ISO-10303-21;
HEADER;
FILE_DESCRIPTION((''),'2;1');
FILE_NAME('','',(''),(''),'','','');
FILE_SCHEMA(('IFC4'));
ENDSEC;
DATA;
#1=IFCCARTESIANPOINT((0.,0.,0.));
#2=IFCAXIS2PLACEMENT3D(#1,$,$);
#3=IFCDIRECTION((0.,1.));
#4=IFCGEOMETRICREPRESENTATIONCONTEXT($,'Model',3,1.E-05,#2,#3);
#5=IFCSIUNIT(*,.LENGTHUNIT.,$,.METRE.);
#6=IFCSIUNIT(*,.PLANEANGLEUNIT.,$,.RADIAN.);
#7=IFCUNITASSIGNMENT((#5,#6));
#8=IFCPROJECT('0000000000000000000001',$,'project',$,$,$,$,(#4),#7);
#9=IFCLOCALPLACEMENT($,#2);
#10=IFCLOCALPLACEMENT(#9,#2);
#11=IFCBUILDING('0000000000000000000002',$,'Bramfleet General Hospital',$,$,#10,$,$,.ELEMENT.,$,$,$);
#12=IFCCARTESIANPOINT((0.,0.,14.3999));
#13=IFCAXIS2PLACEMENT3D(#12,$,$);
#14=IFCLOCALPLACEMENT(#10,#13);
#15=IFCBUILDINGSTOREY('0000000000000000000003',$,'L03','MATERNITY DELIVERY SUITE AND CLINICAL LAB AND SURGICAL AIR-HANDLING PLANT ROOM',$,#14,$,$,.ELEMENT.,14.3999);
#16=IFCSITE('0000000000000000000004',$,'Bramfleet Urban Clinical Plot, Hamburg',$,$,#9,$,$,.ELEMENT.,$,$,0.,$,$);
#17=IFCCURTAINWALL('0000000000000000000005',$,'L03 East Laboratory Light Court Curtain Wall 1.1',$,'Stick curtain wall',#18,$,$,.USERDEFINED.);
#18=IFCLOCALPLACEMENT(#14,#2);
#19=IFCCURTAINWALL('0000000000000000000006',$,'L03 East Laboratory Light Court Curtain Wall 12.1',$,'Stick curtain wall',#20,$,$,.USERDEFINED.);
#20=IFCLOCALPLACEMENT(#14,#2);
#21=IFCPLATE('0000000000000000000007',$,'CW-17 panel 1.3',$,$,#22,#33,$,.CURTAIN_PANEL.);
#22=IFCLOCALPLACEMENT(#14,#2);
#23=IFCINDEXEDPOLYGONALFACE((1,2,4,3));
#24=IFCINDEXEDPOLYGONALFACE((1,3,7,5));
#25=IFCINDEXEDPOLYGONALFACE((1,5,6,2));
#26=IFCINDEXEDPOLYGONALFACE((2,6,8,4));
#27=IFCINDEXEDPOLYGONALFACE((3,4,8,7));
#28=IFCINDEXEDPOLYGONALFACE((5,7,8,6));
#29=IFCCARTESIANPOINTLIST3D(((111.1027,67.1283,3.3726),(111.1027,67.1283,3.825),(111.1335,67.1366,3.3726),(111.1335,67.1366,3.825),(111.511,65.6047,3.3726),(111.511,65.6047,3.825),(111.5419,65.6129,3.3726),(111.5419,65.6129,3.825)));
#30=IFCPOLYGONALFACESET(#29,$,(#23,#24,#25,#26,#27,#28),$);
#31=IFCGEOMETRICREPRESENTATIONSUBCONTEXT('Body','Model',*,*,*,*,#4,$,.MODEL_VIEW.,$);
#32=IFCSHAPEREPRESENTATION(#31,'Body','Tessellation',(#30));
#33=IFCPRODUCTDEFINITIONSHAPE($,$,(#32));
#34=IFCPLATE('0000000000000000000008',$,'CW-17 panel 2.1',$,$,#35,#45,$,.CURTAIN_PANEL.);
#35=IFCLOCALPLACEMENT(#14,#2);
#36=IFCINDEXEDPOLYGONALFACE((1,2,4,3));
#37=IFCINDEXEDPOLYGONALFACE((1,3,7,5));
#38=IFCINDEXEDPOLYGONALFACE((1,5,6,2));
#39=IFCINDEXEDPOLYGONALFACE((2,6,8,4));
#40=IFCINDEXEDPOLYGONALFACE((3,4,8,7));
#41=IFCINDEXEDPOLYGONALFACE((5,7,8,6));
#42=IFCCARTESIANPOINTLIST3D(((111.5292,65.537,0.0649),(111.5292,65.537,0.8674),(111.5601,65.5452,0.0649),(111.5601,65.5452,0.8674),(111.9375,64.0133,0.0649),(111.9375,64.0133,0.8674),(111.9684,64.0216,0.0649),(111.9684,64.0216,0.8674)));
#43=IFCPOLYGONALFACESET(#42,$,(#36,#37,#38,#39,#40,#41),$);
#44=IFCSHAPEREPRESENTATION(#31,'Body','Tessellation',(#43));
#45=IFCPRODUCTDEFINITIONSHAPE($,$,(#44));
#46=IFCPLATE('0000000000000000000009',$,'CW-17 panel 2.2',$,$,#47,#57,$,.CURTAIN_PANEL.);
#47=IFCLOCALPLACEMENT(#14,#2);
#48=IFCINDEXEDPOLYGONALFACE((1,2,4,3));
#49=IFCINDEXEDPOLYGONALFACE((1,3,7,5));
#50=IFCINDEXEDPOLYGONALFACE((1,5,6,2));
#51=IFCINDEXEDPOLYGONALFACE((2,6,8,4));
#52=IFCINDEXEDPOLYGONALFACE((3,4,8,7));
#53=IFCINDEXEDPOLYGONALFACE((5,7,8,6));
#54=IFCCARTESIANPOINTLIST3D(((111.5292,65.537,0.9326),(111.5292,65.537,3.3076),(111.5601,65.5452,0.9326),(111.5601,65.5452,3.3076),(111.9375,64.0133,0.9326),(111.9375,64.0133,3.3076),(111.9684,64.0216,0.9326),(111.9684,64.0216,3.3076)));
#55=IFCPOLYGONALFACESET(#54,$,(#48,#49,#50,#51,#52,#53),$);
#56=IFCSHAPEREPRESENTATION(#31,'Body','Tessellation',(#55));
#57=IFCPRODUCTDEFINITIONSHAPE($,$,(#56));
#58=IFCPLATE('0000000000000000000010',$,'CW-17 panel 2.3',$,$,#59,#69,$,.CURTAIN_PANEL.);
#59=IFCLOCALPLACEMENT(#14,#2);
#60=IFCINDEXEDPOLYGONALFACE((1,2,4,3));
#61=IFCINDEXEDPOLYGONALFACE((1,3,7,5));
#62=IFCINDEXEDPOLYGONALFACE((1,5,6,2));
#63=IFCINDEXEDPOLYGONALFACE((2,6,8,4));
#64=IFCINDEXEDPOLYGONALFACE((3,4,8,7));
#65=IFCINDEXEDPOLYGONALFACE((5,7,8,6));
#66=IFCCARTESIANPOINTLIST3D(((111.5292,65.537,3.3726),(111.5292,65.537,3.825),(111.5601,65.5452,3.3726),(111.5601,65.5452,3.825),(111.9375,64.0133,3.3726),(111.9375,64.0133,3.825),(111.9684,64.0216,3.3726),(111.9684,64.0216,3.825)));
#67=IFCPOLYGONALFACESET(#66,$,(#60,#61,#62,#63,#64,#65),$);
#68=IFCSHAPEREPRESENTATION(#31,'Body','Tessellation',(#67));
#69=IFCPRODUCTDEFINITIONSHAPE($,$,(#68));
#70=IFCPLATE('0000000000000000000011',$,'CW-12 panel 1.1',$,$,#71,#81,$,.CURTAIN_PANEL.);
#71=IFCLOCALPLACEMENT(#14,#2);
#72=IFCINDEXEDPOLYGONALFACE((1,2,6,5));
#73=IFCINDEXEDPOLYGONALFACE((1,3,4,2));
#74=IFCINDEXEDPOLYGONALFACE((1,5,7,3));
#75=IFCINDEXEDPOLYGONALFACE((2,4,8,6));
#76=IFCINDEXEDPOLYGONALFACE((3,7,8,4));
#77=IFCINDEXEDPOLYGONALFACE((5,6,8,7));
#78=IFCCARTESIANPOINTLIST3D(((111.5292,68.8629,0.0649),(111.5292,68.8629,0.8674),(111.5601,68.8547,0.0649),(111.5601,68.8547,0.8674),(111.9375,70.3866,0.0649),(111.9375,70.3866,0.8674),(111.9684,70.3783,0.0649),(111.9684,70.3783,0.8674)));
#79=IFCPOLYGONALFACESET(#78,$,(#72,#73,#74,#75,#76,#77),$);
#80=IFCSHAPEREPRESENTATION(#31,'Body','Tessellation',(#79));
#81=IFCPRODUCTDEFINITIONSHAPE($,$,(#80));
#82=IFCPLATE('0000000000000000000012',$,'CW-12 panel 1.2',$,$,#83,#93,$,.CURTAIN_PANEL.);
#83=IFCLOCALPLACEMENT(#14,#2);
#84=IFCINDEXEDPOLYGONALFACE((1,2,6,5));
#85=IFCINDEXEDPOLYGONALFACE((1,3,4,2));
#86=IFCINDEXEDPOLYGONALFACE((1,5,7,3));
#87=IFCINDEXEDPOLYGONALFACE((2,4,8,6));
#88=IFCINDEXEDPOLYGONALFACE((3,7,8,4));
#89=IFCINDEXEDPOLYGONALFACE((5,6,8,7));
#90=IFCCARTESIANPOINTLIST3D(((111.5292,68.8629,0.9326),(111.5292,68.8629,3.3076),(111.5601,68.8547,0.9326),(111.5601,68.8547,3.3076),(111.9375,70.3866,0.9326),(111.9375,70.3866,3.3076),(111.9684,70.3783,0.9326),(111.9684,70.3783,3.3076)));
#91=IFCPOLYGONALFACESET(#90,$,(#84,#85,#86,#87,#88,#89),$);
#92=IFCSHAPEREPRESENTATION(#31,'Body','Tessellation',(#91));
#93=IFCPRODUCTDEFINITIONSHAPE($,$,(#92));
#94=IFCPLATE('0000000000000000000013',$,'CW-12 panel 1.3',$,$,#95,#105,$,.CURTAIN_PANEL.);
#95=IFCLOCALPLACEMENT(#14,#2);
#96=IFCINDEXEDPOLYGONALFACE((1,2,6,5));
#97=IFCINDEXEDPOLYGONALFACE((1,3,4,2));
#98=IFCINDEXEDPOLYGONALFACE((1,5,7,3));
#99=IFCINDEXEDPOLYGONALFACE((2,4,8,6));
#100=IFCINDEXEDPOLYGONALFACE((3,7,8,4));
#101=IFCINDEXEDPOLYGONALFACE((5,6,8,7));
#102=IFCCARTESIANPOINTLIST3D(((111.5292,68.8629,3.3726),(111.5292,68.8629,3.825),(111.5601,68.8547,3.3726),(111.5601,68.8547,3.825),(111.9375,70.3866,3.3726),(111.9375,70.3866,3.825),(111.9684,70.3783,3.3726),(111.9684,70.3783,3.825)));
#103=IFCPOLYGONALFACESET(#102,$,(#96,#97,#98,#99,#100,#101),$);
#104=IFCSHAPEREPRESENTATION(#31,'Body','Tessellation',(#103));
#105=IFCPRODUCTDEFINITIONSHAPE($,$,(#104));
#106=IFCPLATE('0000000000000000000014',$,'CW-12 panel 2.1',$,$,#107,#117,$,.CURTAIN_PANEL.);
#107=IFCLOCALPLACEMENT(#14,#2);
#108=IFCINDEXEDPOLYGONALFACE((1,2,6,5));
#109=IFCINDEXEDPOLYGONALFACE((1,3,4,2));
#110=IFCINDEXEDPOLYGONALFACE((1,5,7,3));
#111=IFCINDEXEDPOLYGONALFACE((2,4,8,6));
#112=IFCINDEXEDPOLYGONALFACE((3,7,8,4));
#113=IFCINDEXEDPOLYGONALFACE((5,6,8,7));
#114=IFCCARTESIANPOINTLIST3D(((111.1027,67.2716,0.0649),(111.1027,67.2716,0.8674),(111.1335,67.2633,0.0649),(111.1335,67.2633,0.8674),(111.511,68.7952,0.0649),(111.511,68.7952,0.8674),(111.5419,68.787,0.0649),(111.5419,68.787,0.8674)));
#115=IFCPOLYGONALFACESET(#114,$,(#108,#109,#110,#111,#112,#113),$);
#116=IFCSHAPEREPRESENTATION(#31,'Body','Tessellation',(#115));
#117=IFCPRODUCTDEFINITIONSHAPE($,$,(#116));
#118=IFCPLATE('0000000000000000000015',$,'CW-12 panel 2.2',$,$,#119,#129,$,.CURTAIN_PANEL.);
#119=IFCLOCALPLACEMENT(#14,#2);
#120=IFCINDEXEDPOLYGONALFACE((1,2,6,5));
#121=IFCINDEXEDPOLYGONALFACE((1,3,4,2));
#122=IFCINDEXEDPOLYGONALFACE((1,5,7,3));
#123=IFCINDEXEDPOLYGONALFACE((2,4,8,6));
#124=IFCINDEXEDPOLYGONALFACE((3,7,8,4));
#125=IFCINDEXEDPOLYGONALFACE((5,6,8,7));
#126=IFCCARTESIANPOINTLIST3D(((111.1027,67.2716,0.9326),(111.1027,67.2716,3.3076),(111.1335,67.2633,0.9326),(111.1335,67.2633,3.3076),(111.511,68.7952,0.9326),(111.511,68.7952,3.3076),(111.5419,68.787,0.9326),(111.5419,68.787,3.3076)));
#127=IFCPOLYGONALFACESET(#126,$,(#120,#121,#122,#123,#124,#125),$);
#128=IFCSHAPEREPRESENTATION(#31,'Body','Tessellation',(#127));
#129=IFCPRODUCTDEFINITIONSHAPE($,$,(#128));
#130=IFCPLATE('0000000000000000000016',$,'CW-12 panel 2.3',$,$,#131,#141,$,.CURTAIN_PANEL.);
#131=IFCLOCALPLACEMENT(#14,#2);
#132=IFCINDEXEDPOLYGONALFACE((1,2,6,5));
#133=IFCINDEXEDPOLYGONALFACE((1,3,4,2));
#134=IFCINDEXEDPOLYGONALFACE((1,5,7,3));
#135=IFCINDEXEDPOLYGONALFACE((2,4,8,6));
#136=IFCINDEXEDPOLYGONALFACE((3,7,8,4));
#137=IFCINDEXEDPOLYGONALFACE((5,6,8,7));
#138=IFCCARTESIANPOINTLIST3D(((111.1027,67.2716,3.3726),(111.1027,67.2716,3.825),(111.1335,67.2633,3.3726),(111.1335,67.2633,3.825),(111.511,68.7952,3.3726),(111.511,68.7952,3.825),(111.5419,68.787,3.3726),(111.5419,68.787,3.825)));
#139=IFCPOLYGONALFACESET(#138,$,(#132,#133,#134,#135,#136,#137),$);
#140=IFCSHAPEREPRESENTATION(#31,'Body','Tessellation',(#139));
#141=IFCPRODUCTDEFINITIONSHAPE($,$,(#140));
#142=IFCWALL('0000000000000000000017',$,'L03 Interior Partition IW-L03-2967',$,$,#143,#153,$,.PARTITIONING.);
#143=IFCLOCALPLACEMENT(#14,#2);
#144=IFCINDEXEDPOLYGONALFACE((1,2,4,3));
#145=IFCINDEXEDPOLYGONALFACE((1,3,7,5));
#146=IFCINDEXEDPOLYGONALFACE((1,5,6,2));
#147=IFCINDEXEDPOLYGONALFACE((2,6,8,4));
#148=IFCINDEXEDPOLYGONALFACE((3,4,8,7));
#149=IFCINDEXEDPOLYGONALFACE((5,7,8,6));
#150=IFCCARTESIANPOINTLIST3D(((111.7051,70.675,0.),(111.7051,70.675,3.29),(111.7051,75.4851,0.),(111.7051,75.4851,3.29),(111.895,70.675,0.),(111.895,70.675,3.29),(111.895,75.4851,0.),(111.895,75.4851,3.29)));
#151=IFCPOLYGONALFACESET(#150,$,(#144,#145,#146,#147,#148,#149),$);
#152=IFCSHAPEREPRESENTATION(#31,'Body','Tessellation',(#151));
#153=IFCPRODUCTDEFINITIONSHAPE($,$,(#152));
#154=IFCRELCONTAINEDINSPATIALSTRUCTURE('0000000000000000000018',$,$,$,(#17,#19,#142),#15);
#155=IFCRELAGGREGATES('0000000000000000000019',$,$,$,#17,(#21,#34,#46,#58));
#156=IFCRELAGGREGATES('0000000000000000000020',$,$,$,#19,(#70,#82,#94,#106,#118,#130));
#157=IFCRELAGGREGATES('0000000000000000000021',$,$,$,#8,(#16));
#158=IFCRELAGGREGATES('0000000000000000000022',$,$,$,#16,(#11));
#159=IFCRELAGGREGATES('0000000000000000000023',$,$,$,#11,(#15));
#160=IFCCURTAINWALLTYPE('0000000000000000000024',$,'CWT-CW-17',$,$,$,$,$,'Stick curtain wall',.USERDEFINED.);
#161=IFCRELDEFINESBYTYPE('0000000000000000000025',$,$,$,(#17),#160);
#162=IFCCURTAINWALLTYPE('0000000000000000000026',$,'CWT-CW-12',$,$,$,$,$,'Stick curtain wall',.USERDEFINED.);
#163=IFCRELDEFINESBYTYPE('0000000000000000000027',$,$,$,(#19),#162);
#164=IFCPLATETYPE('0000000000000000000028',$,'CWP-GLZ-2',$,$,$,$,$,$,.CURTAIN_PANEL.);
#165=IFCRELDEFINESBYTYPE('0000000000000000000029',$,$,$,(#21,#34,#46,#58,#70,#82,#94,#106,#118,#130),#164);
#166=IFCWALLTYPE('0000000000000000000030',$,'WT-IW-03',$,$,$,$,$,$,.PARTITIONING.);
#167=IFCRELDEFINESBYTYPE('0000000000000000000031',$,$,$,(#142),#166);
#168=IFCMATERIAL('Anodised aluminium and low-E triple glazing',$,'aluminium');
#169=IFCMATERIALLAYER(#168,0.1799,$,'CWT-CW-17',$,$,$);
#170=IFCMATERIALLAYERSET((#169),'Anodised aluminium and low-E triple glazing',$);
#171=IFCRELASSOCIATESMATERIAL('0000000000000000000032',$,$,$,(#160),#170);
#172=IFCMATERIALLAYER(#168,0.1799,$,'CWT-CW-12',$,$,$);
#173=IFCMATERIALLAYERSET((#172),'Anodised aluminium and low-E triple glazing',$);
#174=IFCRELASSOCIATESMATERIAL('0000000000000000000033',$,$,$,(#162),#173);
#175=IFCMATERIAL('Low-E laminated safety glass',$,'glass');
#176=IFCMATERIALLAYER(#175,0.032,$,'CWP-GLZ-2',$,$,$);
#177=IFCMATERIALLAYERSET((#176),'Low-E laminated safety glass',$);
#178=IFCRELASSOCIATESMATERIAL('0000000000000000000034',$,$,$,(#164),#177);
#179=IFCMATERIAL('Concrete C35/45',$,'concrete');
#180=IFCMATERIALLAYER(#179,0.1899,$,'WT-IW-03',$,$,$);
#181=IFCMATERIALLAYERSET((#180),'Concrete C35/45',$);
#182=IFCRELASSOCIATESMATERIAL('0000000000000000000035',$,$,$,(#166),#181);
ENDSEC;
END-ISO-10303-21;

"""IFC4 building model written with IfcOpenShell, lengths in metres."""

from ifc_helpers import new_model, si_unit, direction, frame, frame_2d, origin, origin_2d, place, context, subcontext, project, spatial, rectangle, extrude, material, layer, layer_set, type_object, element, aggregate, save


model = new_model("IFC4")

# Units and contexts
model_context = context("Model", 3, precision=1e-05, world=origin(), true_north=direction((0.0, 1.0)))
body_context = subcontext(model_context, "Body", "Model", "MODEL_VIEW")
ifc_project = project(units=[si_unit("LENGTHUNIT", "METRE"), si_unit("PLANEANGLEUNIT", "RADIAN")], contexts=[model_context])

# Site, building, storey
site_placement = place(None, origin())
site = spatial("IfcSite", under=ifc_project, at=site_placement, Name="Bramfleet Urban Clinical Plot, Hamburg", CompositionType="ELEMENT", RefElevation=0.0)
building_placement = place(site_placement, origin())
building = spatial("IfcBuilding", under=site, at=building_placement, Name="Bramfleet General Hospital", CompositionType="ELEMENT")
storey_placement = place(building_placement, frame((0.0, 0.0, 14.3999)))
storey = spatial("IfcBuildingStorey", under=building, at=storey_placement, Name="L03", Description="MATERNITY DELIVERY SUITE AND CLINICAL LAB AND SURGICAL AIR-HANDLING PLANT ROOM", CompositionType="ELEMENT", Elevation=14.3999)

# Curtain walls
ifc_material_1 = material(Name="Anodised aluminium and low-E triple glazing", Category="aluminium")
ifc_layer_1 = layer(ifc_material_1, 0.1799, Name="CWT-CW-17")
ifc_layer_set_1 = layer_set([ifc_layer_1], Name="Anodised aluminium and low-E triple glazing")
curtain_wall_type_1 = type_object("IfcCurtainWallType", Name="CWT-CW-17", ElementType="Stick curtain wall", PredefinedType="USERDEFINED", material=ifc_layer_set_1)
curtain_wall_1_placement = place(storey_placement, origin())
curtain_wall_1 = element("IfcCurtainWall", 1, at=curtain_wall_1_placement, inside=storey, type_object=curtain_wall_type_1, Name="L03 East Laboratory Light Court Curtain Wall 1.1", ObjectType="Stick curtain wall", PredefinedType="USERDEFINED")
ifc_layer_2 = layer(ifc_material_1, 0.1799, Name="CWT-CW-12")
ifc_layer_set_2 = layer_set([ifc_layer_2], Name="Anodised aluminium and low-E triple glazing")
curtain_wall_type_2 = type_object("IfcCurtainWallType", Name="CWT-CW-12", ElementType="Stick curtain wall", PredefinedType="USERDEFINED", material=ifc_layer_set_2)
curtain_wall_2_placement = place(storey_placement, origin())
curtain_wall_2 = element("IfcCurtainWall", 2, at=curtain_wall_2_placement, inside=storey, type_object=curtain_wall_type_2, Name="L03 East Laboratory Light Court Curtain Wall 12.1", ObjectType="Stick curtain wall", PredefinedType="USERDEFINED")

# Plates
ifc_material_2 = material(Name="Low-E laminated safety glass", Category="glass")
ifc_layer_3 = layer(ifc_material_2, 0.032, Name="CWP-GLZ-2")
ifc_layer_set_3 = layer_set([ifc_layer_3], Name="Low-E laminated safety glass")
plate_type = type_object("IfcPlateType", Name="CWP-GLZ-2", PredefinedType="CURTAIN_PANEL", material=ifc_layer_set_3)
plate_1_placement = place(storey_placement, frame((111.3223, 66.3706, 3.3726), z_axis=(0.0, 0.0, 1.0), x_axis=(0.258865, -0.965914, 0.0)))
plate_1 = element("IfcPlate", 3, at=plate_1_placement, type_object=plate_type, Name="CW-17 panel 1.3", PredefinedType="CURTAIN_PANEL", context=body_context, shape_type="SweptSolid", body=[
    extrude(rectangle(XDim=1.5774, YDim=0.032, at=origin_2d()), origin(), (0.0, 0.0, 1.0), 0.4524),
])
plate_2_placement = place(storey_placement, frame((111.7488, 64.7793, 0.0649), z_axis=(0.0, 0.0, 1.0), x_axis=(0.258865, -0.965914, 0.0)))
plate_2 = element("IfcPlate", 4, at=plate_2_placement, type_object=plate_type, Name="CW-17 panel 2.1", PredefinedType="CURTAIN_PANEL", context=body_context, shape_type="SweptSolid", body=[
    extrude(rectangle(XDim=1.5774, YDim=0.032, at=origin_2d()), origin(), (0.0, 0.0, 1.0), 0.8025),
])
plate_3_placement = place(storey_placement, frame((111.7488, 64.7793, 0.9326), z_axis=(0.0, 0.0, 1.0), x_axis=(0.258865, -0.965914, 0.0)))
plate_3 = element("IfcPlate", 5, at=plate_3_placement, type_object=plate_type, Name="CW-17 panel 2.2", PredefinedType="CURTAIN_PANEL", context=body_context, shape_type="SweptSolid", body=[
    extrude(rectangle(XDim=1.5774, YDim=0.032, at=origin_2d()), origin(), (0.0, 0.0, 1.0), 2.375),
])
plate_4_placement = place(storey_placement, frame((111.7488, 64.7793, 3.3726), z_axis=(0.0, 0.0, 1.0), x_axis=(0.258865, -0.965914, 0.0)))
plate_4 = element("IfcPlate", 6, at=plate_4_placement, type_object=plate_type, Name="CW-17 panel 2.3", PredefinedType="CURTAIN_PANEL", context=body_context, shape_type="SweptSolid", body=[
    extrude(rectangle(XDim=1.5774, YDim=0.032, at=origin_2d()), origin(), (0.0, 0.0, 1.0), 0.4524),
])
aggregate(curtain_wall_1, [plate_1, plate_2, plate_3, plate_4])
plate_5_placement = place(storey_placement, frame((111.7488, 69.6206, 0.0649), z_axis=(0.0, 0.0, 1.0), x_axis=(-0.258865, -0.965914, 0.0)))
plate_5 = element("IfcPlate", 7, at=plate_5_placement, type_object=plate_type, Name="CW-12 panel 1.1", PredefinedType="CURTAIN_PANEL", context=body_context, shape_type="SweptSolid", body=[
    extrude(rectangle(XDim=1.5774, YDim=0.032, at=origin_2d()), origin(), (0.0, 0.0, 1.0), 0.8025),
])
plate_6_placement = place(storey_placement, frame((111.7488, 69.6206, 0.9326), z_axis=(0.0, 0.0, 1.0), x_axis=(-0.258865, -0.965914, 0.0)))
plate_6 = element("IfcPlate", 8, at=plate_6_placement, type_object=plate_type, Name="CW-12 panel 1.2", PredefinedType="CURTAIN_PANEL", context=body_context, shape_type="SweptSolid", body=[
    extrude(rectangle(XDim=1.5774, YDim=0.032, at=origin_2d()), origin(), (0.0, 0.0, 1.0), 2.375),
])
plate_7_placement = place(storey_placement, frame((111.7488, 69.6206, 3.3726), z_axis=(0.0, 0.0, 1.0), x_axis=(-0.258865, -0.965914, 0.0)))
plate_7 = element("IfcPlate", 9, at=plate_7_placement, type_object=plate_type, Name="CW-12 panel 1.3", PredefinedType="CURTAIN_PANEL", context=body_context, shape_type="SweptSolid", body=[
    extrude(rectangle(XDim=1.5774, YDim=0.032, at=origin_2d()), origin(), (0.0, 0.0, 1.0), 0.4524),
])
plate_8_placement = place(storey_placement, frame((111.3223, 68.0293, 0.0649), z_axis=(0.0, 0.0, 1.0), x_axis=(-0.258865, -0.965914, 0.0)))
plate_8 = element("IfcPlate", 10, at=plate_8_placement, type_object=plate_type, Name="CW-12 panel 2.1", PredefinedType="CURTAIN_PANEL", context=body_context, shape_type="SweptSolid", body=[
    extrude(rectangle(XDim=1.5774, YDim=0.032, at=origin_2d()), origin(), (0.0, 0.0, 1.0), 0.8025),
])
plate_9_placement = place(storey_placement, frame((111.3223, 68.0293, 0.9326), z_axis=(0.0, 0.0, 1.0), x_axis=(-0.258865, -0.965914, 0.0)))
plate_9 = element("IfcPlate", 11, at=plate_9_placement, type_object=plate_type, Name="CW-12 panel 2.2", PredefinedType="CURTAIN_PANEL", context=body_context, shape_type="SweptSolid", body=[
    extrude(rectangle(XDim=1.5774, YDim=0.032, at=origin_2d()), origin(), (0.0, 0.0, 1.0), 2.375),
])
plate_10_placement = place(storey_placement, frame((111.3223, 68.0293, 3.3726), z_axis=(0.0, 0.0, 1.0), x_axis=(-0.258865, -0.965914, 0.0)))
plate_10 = element("IfcPlate", 12, at=plate_10_placement, type_object=plate_type, Name="CW-12 panel 2.3", PredefinedType="CURTAIN_PANEL", context=body_context, shape_type="SweptSolid", body=[
    extrude(rectangle(XDim=1.5774, YDim=0.032, at=origin_2d()), origin(), (0.0, 0.0, 1.0), 0.4524),
])
aggregate(curtain_wall_2, [plate_5, plate_6, plate_7, plate_8, plate_9, plate_10])

# Wall
ifc_material_3 = material(Name="Concrete C35/45", Category="concrete")
ifc_layer_4 = layer(ifc_material_3, 0.1899, Name="WT-IW-03")
ifc_layer_set_4 = layer_set([ifc_layer_4], Name="Concrete C35/45")
wall_type = type_object("IfcWallType", Name="WT-IW-03", PredefinedType="PARTITIONING", material=ifc_layer_set_4)
wall_placement = place(storey_placement, frame((111.8, 70.675, 0.0), z_axis=(0.0, 0.0, 1.0), x_axis=(0.0, 1.0, 0.0)))
element("IfcWall", 13, at=wall_placement, inside=storey, type_object=wall_type, Name="L03 Interior Partition IW-L03-2967", PredefinedType="PARTITIONING", context=body_context, shape_type="SweptSolid", body=[
    extrude(rectangle(XDim=4.8101, YDim=0.1899, at=frame_2d((2.405, 0.0))), origin(), (0.0, 0.0, 1.0), 3.29),
])

save(model, "model.ifc")
